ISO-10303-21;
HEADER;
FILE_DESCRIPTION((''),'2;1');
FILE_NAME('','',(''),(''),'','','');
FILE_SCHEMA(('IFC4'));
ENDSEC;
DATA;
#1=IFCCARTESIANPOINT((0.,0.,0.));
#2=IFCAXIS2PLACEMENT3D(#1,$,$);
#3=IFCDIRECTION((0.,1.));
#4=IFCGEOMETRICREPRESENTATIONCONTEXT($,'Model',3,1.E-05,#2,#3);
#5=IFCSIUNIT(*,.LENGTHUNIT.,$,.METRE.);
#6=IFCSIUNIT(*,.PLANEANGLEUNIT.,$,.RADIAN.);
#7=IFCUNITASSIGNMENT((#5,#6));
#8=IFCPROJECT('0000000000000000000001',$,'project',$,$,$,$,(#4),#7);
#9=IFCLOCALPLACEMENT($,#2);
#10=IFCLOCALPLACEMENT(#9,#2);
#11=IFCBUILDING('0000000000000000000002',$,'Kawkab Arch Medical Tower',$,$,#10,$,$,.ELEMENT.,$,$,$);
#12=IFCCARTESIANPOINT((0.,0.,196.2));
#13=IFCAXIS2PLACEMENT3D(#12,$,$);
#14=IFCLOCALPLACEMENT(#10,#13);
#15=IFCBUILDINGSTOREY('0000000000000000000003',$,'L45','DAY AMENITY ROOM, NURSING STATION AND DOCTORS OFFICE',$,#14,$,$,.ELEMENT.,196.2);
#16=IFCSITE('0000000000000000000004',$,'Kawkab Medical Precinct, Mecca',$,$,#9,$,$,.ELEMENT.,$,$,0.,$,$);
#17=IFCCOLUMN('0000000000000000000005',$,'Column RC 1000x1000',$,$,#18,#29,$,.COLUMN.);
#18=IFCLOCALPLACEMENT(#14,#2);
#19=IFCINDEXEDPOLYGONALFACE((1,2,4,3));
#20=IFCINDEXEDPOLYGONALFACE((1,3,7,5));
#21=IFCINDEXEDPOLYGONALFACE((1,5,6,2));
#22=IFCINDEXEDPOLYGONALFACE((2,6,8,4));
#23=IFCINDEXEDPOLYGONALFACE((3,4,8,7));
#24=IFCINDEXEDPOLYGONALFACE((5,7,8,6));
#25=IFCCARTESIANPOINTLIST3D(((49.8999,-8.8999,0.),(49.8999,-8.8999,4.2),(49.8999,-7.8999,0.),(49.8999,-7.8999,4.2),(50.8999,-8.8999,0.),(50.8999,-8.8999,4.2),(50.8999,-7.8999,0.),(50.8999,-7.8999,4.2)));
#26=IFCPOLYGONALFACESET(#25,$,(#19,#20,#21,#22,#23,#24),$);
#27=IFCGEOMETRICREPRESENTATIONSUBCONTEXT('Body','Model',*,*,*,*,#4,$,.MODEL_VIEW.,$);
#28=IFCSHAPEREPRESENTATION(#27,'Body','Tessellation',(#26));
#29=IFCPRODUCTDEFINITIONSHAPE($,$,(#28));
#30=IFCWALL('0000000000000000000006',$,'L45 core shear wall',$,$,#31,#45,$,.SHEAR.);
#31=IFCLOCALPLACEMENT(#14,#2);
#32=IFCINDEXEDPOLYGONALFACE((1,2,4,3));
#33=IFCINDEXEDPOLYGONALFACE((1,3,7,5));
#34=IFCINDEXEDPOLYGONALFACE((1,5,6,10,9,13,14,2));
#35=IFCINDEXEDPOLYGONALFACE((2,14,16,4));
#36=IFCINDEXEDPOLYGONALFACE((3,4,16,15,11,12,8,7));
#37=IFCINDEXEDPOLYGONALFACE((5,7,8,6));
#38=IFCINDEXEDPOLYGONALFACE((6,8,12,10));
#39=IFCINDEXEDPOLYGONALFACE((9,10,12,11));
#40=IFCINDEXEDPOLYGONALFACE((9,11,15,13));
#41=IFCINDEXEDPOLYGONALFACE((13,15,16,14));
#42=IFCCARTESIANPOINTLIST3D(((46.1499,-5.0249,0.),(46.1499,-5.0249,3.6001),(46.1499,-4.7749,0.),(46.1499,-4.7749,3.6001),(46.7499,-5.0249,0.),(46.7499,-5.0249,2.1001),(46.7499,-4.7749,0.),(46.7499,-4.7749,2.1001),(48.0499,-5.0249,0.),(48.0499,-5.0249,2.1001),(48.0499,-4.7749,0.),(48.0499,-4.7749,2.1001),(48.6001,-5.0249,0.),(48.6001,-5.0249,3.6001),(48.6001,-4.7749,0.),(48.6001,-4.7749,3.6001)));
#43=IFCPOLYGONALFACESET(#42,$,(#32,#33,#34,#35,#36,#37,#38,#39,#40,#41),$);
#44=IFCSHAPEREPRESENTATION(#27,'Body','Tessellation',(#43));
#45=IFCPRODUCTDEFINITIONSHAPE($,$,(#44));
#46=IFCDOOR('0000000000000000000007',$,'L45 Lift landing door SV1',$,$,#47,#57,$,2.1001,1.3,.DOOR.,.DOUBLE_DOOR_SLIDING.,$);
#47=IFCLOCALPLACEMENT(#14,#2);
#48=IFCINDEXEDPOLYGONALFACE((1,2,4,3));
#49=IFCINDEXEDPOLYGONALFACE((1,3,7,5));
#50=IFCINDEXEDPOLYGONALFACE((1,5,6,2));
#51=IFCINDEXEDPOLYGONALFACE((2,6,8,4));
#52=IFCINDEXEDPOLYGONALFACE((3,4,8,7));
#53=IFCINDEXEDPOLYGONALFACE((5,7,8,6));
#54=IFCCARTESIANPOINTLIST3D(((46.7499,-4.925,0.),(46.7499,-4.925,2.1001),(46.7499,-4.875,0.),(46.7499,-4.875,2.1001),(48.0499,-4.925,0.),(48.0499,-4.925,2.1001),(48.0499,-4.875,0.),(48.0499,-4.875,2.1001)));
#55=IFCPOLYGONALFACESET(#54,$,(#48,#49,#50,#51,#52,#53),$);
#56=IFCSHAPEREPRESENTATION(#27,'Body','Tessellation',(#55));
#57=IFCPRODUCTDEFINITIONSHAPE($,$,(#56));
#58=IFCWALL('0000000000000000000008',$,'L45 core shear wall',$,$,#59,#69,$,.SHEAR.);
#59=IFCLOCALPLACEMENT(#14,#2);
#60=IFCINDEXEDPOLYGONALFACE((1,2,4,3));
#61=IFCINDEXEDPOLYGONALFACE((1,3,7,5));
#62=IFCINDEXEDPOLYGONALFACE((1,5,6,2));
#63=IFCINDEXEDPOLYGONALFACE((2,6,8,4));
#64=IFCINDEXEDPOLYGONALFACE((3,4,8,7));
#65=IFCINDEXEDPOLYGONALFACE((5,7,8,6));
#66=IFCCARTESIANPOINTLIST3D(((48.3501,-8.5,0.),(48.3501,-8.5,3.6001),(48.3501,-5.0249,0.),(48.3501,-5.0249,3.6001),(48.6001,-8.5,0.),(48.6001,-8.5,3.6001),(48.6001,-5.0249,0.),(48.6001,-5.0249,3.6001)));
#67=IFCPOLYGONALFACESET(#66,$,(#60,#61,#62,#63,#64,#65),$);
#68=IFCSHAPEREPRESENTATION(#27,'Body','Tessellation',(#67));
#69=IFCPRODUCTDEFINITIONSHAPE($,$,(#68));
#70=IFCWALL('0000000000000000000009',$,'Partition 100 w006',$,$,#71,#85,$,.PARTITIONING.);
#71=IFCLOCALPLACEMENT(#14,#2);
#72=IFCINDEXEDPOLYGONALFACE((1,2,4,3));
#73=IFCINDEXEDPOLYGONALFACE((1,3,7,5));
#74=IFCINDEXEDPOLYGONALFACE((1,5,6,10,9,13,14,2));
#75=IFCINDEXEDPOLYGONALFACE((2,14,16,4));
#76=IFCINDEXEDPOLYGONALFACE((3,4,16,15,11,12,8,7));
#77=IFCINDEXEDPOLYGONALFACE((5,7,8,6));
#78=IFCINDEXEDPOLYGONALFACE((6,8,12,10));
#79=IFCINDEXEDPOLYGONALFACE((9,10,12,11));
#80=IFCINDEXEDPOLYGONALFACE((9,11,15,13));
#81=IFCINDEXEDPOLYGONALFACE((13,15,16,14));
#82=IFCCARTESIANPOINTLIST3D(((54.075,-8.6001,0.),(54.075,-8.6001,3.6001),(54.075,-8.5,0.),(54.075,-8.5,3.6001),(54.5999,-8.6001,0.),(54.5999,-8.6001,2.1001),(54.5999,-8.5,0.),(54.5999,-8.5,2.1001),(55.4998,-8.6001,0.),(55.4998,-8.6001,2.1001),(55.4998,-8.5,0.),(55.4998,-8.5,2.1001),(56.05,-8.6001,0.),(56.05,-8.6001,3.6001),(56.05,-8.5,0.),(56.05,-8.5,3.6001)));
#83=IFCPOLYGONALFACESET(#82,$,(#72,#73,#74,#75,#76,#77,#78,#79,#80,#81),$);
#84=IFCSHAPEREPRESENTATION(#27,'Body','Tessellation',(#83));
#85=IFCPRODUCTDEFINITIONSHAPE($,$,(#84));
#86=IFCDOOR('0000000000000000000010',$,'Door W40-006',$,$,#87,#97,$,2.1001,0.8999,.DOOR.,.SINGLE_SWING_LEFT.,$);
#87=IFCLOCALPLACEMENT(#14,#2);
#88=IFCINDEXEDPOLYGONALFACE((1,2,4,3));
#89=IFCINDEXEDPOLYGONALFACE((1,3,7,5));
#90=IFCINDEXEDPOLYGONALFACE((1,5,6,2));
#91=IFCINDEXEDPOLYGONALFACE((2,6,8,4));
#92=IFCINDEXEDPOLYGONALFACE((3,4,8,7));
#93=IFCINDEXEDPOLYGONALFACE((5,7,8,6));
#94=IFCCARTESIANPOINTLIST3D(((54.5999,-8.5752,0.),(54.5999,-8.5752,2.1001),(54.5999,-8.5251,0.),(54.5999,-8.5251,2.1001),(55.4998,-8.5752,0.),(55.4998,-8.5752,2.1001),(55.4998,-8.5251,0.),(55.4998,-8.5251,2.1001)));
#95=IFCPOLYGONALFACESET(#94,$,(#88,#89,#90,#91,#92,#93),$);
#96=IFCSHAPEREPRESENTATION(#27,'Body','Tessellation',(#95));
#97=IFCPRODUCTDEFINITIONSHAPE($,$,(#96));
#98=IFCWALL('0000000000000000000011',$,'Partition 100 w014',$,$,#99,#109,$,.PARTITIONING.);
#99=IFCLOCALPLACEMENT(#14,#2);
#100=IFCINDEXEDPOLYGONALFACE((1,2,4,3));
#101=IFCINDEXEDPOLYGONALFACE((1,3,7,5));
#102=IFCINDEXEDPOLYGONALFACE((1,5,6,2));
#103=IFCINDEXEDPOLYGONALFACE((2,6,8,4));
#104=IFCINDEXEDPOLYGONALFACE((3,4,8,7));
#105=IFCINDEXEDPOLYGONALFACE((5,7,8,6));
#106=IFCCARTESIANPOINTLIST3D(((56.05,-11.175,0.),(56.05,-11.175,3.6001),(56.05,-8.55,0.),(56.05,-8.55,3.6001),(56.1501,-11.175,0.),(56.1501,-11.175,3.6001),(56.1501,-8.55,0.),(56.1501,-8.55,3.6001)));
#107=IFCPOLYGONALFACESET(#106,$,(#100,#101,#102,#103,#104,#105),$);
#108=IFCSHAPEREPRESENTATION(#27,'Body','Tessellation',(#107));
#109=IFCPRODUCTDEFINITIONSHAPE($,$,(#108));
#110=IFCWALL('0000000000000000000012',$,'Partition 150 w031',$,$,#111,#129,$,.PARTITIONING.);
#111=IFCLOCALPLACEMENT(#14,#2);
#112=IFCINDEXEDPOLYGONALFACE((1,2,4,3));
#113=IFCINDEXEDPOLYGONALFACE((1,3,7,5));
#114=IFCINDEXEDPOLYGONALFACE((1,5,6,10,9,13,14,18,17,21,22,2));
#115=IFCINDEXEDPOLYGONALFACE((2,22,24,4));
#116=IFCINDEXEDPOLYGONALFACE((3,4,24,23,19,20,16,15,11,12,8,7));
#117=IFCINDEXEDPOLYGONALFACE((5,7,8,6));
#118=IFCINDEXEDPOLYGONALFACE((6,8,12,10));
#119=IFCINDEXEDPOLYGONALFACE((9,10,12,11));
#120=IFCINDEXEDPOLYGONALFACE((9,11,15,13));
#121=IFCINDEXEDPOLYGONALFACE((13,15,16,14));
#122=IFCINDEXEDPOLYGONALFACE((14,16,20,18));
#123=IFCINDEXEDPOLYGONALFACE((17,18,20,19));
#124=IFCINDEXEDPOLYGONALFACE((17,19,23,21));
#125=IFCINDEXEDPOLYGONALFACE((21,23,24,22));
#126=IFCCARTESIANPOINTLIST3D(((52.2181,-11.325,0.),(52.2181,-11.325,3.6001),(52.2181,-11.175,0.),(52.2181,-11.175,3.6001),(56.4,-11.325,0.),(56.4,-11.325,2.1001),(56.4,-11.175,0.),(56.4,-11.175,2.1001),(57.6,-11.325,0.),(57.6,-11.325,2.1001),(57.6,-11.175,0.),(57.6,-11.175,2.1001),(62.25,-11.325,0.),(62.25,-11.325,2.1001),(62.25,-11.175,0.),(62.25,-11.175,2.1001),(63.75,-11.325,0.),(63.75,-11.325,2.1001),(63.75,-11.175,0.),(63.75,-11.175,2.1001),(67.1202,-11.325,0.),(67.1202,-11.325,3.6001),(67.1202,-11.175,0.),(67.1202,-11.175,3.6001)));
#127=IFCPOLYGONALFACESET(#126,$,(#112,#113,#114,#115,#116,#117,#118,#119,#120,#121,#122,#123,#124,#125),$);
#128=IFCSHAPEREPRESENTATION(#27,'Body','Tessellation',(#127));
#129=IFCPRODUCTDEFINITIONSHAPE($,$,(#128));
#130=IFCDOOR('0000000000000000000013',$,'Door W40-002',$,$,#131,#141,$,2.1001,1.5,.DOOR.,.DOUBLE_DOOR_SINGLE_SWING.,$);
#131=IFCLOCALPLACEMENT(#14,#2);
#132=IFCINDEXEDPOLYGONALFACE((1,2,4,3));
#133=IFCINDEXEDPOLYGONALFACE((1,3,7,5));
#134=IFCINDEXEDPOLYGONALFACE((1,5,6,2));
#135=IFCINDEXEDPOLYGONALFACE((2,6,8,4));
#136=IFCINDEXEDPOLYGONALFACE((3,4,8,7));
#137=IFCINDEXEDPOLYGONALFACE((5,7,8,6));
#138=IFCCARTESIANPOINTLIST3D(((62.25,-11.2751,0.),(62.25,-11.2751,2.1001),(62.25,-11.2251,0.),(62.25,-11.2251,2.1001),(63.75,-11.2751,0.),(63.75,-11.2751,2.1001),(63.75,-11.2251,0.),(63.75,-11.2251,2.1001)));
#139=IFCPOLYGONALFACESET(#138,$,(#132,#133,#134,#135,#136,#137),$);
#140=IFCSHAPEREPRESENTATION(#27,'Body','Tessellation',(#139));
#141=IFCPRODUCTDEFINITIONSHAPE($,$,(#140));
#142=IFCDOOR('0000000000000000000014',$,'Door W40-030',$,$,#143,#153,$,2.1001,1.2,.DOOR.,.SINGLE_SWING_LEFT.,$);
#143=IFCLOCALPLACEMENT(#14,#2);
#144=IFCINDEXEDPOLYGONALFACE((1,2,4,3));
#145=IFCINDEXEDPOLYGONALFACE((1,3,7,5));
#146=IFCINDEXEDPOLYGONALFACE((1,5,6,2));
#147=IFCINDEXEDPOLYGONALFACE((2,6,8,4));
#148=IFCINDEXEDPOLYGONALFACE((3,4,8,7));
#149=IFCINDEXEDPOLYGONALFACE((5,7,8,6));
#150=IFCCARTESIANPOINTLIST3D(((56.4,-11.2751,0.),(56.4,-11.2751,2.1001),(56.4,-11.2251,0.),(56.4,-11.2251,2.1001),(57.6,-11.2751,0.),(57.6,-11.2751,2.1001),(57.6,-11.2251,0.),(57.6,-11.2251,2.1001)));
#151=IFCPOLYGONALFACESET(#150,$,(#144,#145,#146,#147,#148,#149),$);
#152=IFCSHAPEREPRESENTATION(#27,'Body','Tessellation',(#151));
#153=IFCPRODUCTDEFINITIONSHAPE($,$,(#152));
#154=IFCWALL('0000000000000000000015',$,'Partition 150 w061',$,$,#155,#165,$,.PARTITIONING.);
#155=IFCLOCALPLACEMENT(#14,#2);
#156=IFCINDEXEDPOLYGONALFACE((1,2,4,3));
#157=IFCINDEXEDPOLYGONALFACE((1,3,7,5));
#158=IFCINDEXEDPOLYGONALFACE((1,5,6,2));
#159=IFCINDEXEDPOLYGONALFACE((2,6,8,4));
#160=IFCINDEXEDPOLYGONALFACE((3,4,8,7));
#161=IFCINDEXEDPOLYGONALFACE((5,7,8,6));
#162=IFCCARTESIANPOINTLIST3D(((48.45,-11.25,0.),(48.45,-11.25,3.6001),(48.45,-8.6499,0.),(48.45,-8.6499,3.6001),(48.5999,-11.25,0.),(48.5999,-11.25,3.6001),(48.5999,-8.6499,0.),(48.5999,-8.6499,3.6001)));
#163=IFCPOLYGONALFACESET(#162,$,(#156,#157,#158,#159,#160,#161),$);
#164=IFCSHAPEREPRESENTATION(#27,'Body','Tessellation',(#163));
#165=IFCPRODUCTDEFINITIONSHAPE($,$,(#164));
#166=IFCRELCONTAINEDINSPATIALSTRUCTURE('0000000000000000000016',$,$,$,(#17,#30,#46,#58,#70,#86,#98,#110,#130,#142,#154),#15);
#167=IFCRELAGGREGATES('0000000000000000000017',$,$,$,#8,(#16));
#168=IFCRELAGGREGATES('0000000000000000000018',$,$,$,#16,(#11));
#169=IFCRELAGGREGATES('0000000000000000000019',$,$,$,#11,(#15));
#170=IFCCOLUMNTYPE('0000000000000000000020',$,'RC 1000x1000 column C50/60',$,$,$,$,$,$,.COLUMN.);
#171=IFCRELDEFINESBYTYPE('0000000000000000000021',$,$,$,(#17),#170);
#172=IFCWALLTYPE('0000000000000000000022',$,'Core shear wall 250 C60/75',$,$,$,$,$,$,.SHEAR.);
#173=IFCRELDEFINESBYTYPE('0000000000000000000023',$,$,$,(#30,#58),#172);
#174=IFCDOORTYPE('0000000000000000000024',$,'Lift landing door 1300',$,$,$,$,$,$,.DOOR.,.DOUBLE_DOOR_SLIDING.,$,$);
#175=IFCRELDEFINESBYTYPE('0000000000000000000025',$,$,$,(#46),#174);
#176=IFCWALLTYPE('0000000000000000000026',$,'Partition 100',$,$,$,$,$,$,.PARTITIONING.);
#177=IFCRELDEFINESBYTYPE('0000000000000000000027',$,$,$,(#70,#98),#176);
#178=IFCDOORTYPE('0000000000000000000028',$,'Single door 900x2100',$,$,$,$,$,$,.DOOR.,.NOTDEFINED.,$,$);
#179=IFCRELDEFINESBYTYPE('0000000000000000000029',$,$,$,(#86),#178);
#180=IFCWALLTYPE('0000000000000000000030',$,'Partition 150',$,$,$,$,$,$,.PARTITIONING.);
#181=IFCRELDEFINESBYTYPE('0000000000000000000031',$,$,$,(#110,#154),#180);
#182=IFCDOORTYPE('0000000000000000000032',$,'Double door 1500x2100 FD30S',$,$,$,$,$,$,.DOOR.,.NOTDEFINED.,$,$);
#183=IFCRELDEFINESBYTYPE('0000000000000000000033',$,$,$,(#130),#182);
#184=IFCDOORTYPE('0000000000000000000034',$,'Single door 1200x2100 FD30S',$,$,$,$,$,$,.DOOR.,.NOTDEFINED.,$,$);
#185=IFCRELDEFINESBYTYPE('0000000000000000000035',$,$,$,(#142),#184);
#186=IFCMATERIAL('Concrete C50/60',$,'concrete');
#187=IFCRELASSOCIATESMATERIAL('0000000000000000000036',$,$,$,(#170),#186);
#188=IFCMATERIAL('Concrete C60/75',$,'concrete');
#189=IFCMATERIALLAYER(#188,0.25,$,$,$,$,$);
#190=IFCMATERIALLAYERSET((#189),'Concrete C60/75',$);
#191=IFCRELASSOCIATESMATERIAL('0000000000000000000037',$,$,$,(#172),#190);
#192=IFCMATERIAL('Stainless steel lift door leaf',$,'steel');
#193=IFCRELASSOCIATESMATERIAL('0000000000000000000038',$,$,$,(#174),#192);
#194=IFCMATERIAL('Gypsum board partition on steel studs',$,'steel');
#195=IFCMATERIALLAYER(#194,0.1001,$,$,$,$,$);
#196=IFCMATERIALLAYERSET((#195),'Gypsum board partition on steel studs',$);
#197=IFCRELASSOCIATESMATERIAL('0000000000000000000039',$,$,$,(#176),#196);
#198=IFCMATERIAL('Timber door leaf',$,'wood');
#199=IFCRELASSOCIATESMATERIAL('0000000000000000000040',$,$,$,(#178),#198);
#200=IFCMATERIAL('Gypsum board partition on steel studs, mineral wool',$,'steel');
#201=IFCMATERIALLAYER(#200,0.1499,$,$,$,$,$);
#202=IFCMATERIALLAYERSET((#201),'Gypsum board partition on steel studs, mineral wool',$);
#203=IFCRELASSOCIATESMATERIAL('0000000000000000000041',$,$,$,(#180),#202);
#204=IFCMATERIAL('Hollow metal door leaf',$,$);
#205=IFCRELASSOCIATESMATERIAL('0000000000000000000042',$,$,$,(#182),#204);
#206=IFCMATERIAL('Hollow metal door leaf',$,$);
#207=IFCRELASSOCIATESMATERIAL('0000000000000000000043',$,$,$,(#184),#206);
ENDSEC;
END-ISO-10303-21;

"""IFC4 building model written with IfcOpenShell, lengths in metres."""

from ifc_helpers import new_model, si_unit, direction, frame, frame_2d, origin, origin_2d, place, context, subcontext, project, spatial, rectangle, extrude, material, layer, layer_set, material_profile, profile_set, type_object, element, fill, save


model = new_model("IFC4")

# Units and contexts
model_context = context("Model", 3, precision=1e-05, world=origin(), true_north=direction((0.0, 1.0)))
body_context = subcontext(model_context, "Body", "Model", "MODEL_VIEW")
ifc_project = project(units=[si_unit("LENGTHUNIT", "METRE"), si_unit("PLANEANGLEUNIT", "RADIAN")], contexts=[model_context])

# Site, building, storey
site_placement = place(None, origin())
site = spatial("IfcSite", under=ifc_project, at=site_placement, Name="Kawkab Medical Precinct, Mecca", CompositionType="ELEMENT", RefElevation=0.0)
building_placement = place(site_placement, origin())
building = spatial("IfcBuilding", under=site, at=building_placement, Name="Kawkab Arch Medical Tower", CompositionType="ELEMENT")
storey_placement = place(building_placement, frame((0.0, 0.0, 196.2)))
storey = spatial("IfcBuildingStorey", under=building, at=storey_placement, Name="L45", Description="DAY AMENITY ROOM, NURSING STATION AND DOCTORS OFFICE", CompositionType="ELEMENT", Elevation=196.2)

# Column
ifc_material_1 = material(Name="Concrete C50/60", Category="concrete")
ifc_material_profile = material_profile(ifc_material_1, rectangle(XDim=1.0, YDim=1.0, at=origin_2d()), Name="RC 1000x1000")
ifc_profile_set = profile_set([ifc_material_profile], Name="Concrete C50/60")
column_type = type_object("IfcColumnType", Name="RC 1000x1000 column C50/60", PredefinedType="COLUMN", material=ifc_profile_set)
column_placement = place(storey_placement, frame((50.3999, -8.3999, 0.0), z_axis=(0.0, 0.0, 1.0), x_axis=(1.0, 0.0, 0.0)))
element("IfcColumn", 1, at=column_placement, inside=storey, type_object=column_type, Name="Column RC 1000x1000", PredefinedType="COLUMN", context=body_context, shape_type="SweptSolid", body=[
    extrude(rectangle(XDim=1.0, YDim=1.0, at=origin_2d()), origin(), (0.0, 0.0, 1.0), 4.2),
])

# Wall, opening, door
ifc_material_2 = material(Name="Concrete C60/75", Category="concrete")
ifc_layer_1 = layer(ifc_material_2, 0.25)
ifc_layer_set_1 = layer_set([ifc_layer_1], Name="Concrete C60/75")
wall_type_1 = type_object("IfcWallType", Name="Core shear wall 250 C60/75", PredefinedType="SHEAR", material=ifc_layer_set_1)
wall_1_placement = place(storey_placement, frame((46.1499, -4.8999, 0.0), z_axis=(0.0, 0.0, 1.0), x_axis=(1.0, 0.0, 0.0)))
wall_1 = element("IfcWall", 2, at=wall_1_placement, inside=storey, type_object=wall_type_1, Name="L45 core shear wall", PredefinedType="SHEAR", context=body_context, shape_type="SweptSolid", body=[
    extrude(rectangle(XDim=2.4502, YDim=0.25, at=frame_2d((1.2251, 0.0))), origin(), (0.0, 0.0, 1.0), 3.6001),
])
opening_1_placement = place(wall_1_placement, frame((0.6001, 0.0, 0.0)))
opening_1 = element("IfcOpeningElement", 3, at=opening_1_placement, cuts=wall_1, PredefinedType="OPENING", context=body_context, shape_type="SweptSolid", body=[
    extrude(rectangle(XDim=1.3, YDim=2.1001, at=frame_2d((0.6499, 1.05))), frame((0.0, 0.135, 0.0), z_axis=(0.0, -1.0, 0.0), x_axis=(1.0, 0.0, 0.0)), (0.0, 0.0, 1.0), 0.27),
])
ifc_material_3 = material(Name="Stainless steel lift door leaf", Category="steel")
door_type_1 = type_object("IfcDoorType", Name="Lift landing door 1300", OperationType="DOUBLE_DOOR_SLIDING", PredefinedType="DOOR", material=ifc_material_3)
door_1_placement = place(opening_1_placement, origin())
door_1 = element("IfcDoor", 4, at=door_1_placement, inside=storey, type_object=door_type_1, Name="L45 Lift landing door SV1", OperationType="DOUBLE_DOOR_SLIDING", OverallHeight=2.1001, OverallWidth=1.3, PredefinedType="DOOR", context=body_context, shape_type="SweptSolid", body=[
    extrude(rectangle(XDim=1.3, YDim=2.1001, at=frame_2d((0.6499, 1.05))), frame((0.0, 0.0249, 0.0), z_axis=(0.0, -1.0, 0.0), x_axis=(1.0, 0.0, 0.0)), (0.0, 0.0, 1.0), 0.05),
])
fill(opening_1, door_1)

# Wall
wall_2_placement = place(storey_placement, frame((48.4751, -8.5, 0.0), z_axis=(0.0, 0.0, 1.0), x_axis=(0.0, 1.0, 0.0)))
element("IfcWall", 5, at=wall_2_placement, inside=storey, type_object=wall_type_1, Name="L45 core shear wall", PredefinedType="SHEAR", context=body_context, shape_type="SweptSolid", body=[
    extrude(rectangle(XDim=3.4751, YDim=0.25, at=frame_2d((1.7375, 0.0))), origin(), (0.0, 0.0, 1.0), 3.6001),
])

# Wall, opening, door
ifc_material_4 = material(Name="Gypsum board partition on steel studs", Category="steel")
ifc_layer_2 = layer(ifc_material_4, 0.1001)
ifc_layer_set_2 = layer_set([ifc_layer_2], Name="Gypsum board partition on steel studs")
wall_type_2 = type_object("IfcWallType", Name="Partition 100", PredefinedType="PARTITIONING", material=ifc_layer_set_2)
wall_3_placement = place(storey_placement, frame((54.075, -8.55, 0.0), z_axis=(0.0, 0.0, 1.0), x_axis=(1.0, 0.0, 0.0)))
wall_3 = element("IfcWall", 6, at=wall_3_placement, inside=storey, type_object=wall_type_2, Name="Partition 100 w006", PredefinedType="PARTITIONING", context=body_context, shape_type="SweptSolid", body=[
    extrude(rectangle(XDim=1.9751, YDim=0.1001, at=frame_2d((0.9875, 0.0))), origin(), (0.0, 0.0, 1.0), 3.6001),
])
opening_2_placement = place(wall_3_placement, frame((0.5249, 0.0, 0.0)))
opening_2 = element("IfcOpeningElement", 7, at=opening_2_placement, cuts=wall_3, PredefinedType="OPENING", context=body_context, shape_type="SweptSolid", body=[
    extrude(rectangle(XDim=0.8999, YDim=2.1001, at=frame_2d((0.45, 1.05))), frame((0.0, 0.0601, 0.0), z_axis=(0.0, -1.0, 0.0), x_axis=(1.0, 0.0, 0.0)), (0.0, 0.0, 1.0), 0.1201),
])
ifc_material_5 = material(Name="Timber door leaf", Category="wood")
door_type_2 = type_object("IfcDoorType", Name="Single door 900x2100", OperationType="NOTDEFINED", PredefinedType="DOOR", material=ifc_material_5)
door_2_placement = place(opening_2_placement, origin())
door_2 = element("IfcDoor", 8, at=door_2_placement, inside=storey, type_object=door_type_2, Name="Door W40-006", OperationType="SINGLE_SWING_LEFT", OverallHeight=2.1001, OverallWidth=0.8999, PredefinedType="DOOR", context=body_context, shape_type="SweptSolid", body=[
    extrude(rectangle(XDim=0.8999, YDim=2.1001, at=frame_2d((0.45, 1.05))), frame((0.0, 0.0249, 0.0), z_axis=(0.0, -1.0, 0.0), x_axis=(1.0, 0.0, 0.0)), (0.0, 0.0, 1.0), 0.05),
])
fill(opening_2, door_2)

# Wall
wall_4_placement = place(storey_placement, frame((56.1001, -11.175, 0.0), z_axis=(0.0, 0.0, 1.0), x_axis=(0.0, 1.0, 0.0)))
element("IfcWall", 9, at=wall_4_placement, inside=storey, type_object=wall_type_2, Name="Partition 100 w014", PredefinedType="PARTITIONING", context=body_context, shape_type="SweptSolid", body=[
    extrude(rectangle(XDim=2.625, YDim=0.1001, at=frame_2d((1.3125, 0.0))), origin(), (0.0, 0.0, 1.0), 3.6001),
])

# Wall, openings, doors
ifc_material_6 = material(Name="Gypsum board partition on steel studs, mineral wool", Category="steel")
ifc_layer_3 = layer(ifc_material_6, 0.1499)
ifc_layer_set_3 = layer_set([ifc_layer_3], Name="Gypsum board partition on steel studs, mineral wool")
wall_type_3 = type_object("IfcWallType", Name="Partition 150", PredefinedType="PARTITIONING", material=ifc_layer_set_3)
wall_5_placement = place(storey_placement, frame((52.218, -11.25, 0.0), z_axis=(0.0, 0.0, 1.0), x_axis=(1.0, 0.0, 0.0)))
wall_5 = element("IfcWall", 10, at=wall_5_placement, inside=storey, type_object=wall_type_3, Name="Partition 150 w031", PredefinedType="PARTITIONING", context=body_context, shape_type="SweptSolid", body=[
    extrude(rectangle(XDim=14.9021, YDim=0.1499, at=frame_2d((7.4512, 0.0))), origin(), (0.0, 0.0, 1.0), 3.6001),
])
opening_3_placement = place(wall_5_placement, frame((4.1819, 0.0, 0.0)))
opening_3 = element("IfcOpeningElement", 11, at=opening_3_placement, cuts=wall_5, PredefinedType="OPENING", context=body_context, shape_type="SweptSolid", body=[
    extrude(rectangle(XDim=1.2, YDim=2.1001, at=frame_2d((0.6001, 1.05))), frame((0.0, 0.085, 0.0), z_axis=(0.0, -1.0, 0.0), x_axis=(1.0, 0.0, 0.0)), (0.0, 0.0, 1.0), 0.1699),
])
opening_4_placement = place(wall_5_placement, frame((10.032, 0.0, 0.0)))
opening_4 = element("IfcOpeningElement", 12, at=opening_4_placement, cuts=wall_5, PredefinedType="OPENING", context=body_context, shape_type="SweptSolid", body=[
    extrude(rectangle(XDim=1.5, YDim=2.1001, at=frame_2d((0.75, 1.05))), frame((0.0, 0.085, 0.0), z_axis=(0.0, -1.0, 0.0), x_axis=(1.0, 0.0, 0.0)), (0.0, 0.0, 1.0), 0.1699),
])
ifc_material_7 = material(Name="Hollow metal door leaf")
door_type_3 = type_object("IfcDoorType", Name="Double door 1500x2100 FD30S", OperationType="NOTDEFINED", PredefinedType="DOOR", material=ifc_material_7)
door_3_placement = place(opening_4_placement, origin())
door_3 = element("IfcDoor", 13, at=door_3_placement, inside=storey, type_object=door_type_3, Name="Door W40-002", OperationType="DOUBLE_DOOR_SINGLE_SWING", OverallHeight=2.1001, OverallWidth=1.5, PredefinedType="DOOR", context=body_context, shape_type="SweptSolid", body=[
    extrude(rectangle(XDim=1.5, YDim=2.1001, at=frame_2d((0.75, 1.05))), frame((0.0, 0.0249, 0.0), z_axis=(0.0, -1.0, 0.0), x_axis=(1.0, 0.0, 0.0)), (0.0, 0.0, 1.0), 0.05),
])
fill(opening_4, door_3)
ifc_material_8 = material(Name="Hollow metal door leaf")
door_type_4 = type_object("IfcDoorType", Name="Single door 1200x2100 FD30S", OperationType="NOTDEFINED", PredefinedType="DOOR", material=ifc_material_8)
door_4_placement = place(opening_3_placement, origin())
door_4 = element("IfcDoor", 14, at=door_4_placement, inside=storey, type_object=door_type_4, Name="Door W40-030", OperationType="SINGLE_SWING_LEFT", OverallHeight=2.1001, OverallWidth=1.2, PredefinedType="DOOR", context=body_context, shape_type="SweptSolid", body=[
    extrude(rectangle(XDim=1.2, YDim=2.1001, at=frame_2d((0.6001, 1.05))), frame((0.0, 0.0249, 0.0), z_axis=(0.0, -1.0, 0.0), x_axis=(1.0, 0.0, 0.0)), (0.0, 0.0, 1.0), 0.05),
])
fill(opening_3, door_4)

# Wall
wall_6_placement = place(storey_placement, frame((48.5249, -11.25, 0.0), z_axis=(0.0, 0.0, 1.0), x_axis=(0.0, 1.0, 0.0)))
element("IfcWall", 15, at=wall_6_placement, inside=storey, type_object=wall_type_3, Name="Partition 150 w061", PredefinedType="PARTITIONING", context=body_context, shape_type="SweptSolid", body=[
    extrude(rectangle(XDim=2.6001, YDim=0.1499, at=frame_2d((1.3, 0.0))), origin(), (0.0, 0.0, 1.0), 3.6001),
])

save(model, "model.ifc")
